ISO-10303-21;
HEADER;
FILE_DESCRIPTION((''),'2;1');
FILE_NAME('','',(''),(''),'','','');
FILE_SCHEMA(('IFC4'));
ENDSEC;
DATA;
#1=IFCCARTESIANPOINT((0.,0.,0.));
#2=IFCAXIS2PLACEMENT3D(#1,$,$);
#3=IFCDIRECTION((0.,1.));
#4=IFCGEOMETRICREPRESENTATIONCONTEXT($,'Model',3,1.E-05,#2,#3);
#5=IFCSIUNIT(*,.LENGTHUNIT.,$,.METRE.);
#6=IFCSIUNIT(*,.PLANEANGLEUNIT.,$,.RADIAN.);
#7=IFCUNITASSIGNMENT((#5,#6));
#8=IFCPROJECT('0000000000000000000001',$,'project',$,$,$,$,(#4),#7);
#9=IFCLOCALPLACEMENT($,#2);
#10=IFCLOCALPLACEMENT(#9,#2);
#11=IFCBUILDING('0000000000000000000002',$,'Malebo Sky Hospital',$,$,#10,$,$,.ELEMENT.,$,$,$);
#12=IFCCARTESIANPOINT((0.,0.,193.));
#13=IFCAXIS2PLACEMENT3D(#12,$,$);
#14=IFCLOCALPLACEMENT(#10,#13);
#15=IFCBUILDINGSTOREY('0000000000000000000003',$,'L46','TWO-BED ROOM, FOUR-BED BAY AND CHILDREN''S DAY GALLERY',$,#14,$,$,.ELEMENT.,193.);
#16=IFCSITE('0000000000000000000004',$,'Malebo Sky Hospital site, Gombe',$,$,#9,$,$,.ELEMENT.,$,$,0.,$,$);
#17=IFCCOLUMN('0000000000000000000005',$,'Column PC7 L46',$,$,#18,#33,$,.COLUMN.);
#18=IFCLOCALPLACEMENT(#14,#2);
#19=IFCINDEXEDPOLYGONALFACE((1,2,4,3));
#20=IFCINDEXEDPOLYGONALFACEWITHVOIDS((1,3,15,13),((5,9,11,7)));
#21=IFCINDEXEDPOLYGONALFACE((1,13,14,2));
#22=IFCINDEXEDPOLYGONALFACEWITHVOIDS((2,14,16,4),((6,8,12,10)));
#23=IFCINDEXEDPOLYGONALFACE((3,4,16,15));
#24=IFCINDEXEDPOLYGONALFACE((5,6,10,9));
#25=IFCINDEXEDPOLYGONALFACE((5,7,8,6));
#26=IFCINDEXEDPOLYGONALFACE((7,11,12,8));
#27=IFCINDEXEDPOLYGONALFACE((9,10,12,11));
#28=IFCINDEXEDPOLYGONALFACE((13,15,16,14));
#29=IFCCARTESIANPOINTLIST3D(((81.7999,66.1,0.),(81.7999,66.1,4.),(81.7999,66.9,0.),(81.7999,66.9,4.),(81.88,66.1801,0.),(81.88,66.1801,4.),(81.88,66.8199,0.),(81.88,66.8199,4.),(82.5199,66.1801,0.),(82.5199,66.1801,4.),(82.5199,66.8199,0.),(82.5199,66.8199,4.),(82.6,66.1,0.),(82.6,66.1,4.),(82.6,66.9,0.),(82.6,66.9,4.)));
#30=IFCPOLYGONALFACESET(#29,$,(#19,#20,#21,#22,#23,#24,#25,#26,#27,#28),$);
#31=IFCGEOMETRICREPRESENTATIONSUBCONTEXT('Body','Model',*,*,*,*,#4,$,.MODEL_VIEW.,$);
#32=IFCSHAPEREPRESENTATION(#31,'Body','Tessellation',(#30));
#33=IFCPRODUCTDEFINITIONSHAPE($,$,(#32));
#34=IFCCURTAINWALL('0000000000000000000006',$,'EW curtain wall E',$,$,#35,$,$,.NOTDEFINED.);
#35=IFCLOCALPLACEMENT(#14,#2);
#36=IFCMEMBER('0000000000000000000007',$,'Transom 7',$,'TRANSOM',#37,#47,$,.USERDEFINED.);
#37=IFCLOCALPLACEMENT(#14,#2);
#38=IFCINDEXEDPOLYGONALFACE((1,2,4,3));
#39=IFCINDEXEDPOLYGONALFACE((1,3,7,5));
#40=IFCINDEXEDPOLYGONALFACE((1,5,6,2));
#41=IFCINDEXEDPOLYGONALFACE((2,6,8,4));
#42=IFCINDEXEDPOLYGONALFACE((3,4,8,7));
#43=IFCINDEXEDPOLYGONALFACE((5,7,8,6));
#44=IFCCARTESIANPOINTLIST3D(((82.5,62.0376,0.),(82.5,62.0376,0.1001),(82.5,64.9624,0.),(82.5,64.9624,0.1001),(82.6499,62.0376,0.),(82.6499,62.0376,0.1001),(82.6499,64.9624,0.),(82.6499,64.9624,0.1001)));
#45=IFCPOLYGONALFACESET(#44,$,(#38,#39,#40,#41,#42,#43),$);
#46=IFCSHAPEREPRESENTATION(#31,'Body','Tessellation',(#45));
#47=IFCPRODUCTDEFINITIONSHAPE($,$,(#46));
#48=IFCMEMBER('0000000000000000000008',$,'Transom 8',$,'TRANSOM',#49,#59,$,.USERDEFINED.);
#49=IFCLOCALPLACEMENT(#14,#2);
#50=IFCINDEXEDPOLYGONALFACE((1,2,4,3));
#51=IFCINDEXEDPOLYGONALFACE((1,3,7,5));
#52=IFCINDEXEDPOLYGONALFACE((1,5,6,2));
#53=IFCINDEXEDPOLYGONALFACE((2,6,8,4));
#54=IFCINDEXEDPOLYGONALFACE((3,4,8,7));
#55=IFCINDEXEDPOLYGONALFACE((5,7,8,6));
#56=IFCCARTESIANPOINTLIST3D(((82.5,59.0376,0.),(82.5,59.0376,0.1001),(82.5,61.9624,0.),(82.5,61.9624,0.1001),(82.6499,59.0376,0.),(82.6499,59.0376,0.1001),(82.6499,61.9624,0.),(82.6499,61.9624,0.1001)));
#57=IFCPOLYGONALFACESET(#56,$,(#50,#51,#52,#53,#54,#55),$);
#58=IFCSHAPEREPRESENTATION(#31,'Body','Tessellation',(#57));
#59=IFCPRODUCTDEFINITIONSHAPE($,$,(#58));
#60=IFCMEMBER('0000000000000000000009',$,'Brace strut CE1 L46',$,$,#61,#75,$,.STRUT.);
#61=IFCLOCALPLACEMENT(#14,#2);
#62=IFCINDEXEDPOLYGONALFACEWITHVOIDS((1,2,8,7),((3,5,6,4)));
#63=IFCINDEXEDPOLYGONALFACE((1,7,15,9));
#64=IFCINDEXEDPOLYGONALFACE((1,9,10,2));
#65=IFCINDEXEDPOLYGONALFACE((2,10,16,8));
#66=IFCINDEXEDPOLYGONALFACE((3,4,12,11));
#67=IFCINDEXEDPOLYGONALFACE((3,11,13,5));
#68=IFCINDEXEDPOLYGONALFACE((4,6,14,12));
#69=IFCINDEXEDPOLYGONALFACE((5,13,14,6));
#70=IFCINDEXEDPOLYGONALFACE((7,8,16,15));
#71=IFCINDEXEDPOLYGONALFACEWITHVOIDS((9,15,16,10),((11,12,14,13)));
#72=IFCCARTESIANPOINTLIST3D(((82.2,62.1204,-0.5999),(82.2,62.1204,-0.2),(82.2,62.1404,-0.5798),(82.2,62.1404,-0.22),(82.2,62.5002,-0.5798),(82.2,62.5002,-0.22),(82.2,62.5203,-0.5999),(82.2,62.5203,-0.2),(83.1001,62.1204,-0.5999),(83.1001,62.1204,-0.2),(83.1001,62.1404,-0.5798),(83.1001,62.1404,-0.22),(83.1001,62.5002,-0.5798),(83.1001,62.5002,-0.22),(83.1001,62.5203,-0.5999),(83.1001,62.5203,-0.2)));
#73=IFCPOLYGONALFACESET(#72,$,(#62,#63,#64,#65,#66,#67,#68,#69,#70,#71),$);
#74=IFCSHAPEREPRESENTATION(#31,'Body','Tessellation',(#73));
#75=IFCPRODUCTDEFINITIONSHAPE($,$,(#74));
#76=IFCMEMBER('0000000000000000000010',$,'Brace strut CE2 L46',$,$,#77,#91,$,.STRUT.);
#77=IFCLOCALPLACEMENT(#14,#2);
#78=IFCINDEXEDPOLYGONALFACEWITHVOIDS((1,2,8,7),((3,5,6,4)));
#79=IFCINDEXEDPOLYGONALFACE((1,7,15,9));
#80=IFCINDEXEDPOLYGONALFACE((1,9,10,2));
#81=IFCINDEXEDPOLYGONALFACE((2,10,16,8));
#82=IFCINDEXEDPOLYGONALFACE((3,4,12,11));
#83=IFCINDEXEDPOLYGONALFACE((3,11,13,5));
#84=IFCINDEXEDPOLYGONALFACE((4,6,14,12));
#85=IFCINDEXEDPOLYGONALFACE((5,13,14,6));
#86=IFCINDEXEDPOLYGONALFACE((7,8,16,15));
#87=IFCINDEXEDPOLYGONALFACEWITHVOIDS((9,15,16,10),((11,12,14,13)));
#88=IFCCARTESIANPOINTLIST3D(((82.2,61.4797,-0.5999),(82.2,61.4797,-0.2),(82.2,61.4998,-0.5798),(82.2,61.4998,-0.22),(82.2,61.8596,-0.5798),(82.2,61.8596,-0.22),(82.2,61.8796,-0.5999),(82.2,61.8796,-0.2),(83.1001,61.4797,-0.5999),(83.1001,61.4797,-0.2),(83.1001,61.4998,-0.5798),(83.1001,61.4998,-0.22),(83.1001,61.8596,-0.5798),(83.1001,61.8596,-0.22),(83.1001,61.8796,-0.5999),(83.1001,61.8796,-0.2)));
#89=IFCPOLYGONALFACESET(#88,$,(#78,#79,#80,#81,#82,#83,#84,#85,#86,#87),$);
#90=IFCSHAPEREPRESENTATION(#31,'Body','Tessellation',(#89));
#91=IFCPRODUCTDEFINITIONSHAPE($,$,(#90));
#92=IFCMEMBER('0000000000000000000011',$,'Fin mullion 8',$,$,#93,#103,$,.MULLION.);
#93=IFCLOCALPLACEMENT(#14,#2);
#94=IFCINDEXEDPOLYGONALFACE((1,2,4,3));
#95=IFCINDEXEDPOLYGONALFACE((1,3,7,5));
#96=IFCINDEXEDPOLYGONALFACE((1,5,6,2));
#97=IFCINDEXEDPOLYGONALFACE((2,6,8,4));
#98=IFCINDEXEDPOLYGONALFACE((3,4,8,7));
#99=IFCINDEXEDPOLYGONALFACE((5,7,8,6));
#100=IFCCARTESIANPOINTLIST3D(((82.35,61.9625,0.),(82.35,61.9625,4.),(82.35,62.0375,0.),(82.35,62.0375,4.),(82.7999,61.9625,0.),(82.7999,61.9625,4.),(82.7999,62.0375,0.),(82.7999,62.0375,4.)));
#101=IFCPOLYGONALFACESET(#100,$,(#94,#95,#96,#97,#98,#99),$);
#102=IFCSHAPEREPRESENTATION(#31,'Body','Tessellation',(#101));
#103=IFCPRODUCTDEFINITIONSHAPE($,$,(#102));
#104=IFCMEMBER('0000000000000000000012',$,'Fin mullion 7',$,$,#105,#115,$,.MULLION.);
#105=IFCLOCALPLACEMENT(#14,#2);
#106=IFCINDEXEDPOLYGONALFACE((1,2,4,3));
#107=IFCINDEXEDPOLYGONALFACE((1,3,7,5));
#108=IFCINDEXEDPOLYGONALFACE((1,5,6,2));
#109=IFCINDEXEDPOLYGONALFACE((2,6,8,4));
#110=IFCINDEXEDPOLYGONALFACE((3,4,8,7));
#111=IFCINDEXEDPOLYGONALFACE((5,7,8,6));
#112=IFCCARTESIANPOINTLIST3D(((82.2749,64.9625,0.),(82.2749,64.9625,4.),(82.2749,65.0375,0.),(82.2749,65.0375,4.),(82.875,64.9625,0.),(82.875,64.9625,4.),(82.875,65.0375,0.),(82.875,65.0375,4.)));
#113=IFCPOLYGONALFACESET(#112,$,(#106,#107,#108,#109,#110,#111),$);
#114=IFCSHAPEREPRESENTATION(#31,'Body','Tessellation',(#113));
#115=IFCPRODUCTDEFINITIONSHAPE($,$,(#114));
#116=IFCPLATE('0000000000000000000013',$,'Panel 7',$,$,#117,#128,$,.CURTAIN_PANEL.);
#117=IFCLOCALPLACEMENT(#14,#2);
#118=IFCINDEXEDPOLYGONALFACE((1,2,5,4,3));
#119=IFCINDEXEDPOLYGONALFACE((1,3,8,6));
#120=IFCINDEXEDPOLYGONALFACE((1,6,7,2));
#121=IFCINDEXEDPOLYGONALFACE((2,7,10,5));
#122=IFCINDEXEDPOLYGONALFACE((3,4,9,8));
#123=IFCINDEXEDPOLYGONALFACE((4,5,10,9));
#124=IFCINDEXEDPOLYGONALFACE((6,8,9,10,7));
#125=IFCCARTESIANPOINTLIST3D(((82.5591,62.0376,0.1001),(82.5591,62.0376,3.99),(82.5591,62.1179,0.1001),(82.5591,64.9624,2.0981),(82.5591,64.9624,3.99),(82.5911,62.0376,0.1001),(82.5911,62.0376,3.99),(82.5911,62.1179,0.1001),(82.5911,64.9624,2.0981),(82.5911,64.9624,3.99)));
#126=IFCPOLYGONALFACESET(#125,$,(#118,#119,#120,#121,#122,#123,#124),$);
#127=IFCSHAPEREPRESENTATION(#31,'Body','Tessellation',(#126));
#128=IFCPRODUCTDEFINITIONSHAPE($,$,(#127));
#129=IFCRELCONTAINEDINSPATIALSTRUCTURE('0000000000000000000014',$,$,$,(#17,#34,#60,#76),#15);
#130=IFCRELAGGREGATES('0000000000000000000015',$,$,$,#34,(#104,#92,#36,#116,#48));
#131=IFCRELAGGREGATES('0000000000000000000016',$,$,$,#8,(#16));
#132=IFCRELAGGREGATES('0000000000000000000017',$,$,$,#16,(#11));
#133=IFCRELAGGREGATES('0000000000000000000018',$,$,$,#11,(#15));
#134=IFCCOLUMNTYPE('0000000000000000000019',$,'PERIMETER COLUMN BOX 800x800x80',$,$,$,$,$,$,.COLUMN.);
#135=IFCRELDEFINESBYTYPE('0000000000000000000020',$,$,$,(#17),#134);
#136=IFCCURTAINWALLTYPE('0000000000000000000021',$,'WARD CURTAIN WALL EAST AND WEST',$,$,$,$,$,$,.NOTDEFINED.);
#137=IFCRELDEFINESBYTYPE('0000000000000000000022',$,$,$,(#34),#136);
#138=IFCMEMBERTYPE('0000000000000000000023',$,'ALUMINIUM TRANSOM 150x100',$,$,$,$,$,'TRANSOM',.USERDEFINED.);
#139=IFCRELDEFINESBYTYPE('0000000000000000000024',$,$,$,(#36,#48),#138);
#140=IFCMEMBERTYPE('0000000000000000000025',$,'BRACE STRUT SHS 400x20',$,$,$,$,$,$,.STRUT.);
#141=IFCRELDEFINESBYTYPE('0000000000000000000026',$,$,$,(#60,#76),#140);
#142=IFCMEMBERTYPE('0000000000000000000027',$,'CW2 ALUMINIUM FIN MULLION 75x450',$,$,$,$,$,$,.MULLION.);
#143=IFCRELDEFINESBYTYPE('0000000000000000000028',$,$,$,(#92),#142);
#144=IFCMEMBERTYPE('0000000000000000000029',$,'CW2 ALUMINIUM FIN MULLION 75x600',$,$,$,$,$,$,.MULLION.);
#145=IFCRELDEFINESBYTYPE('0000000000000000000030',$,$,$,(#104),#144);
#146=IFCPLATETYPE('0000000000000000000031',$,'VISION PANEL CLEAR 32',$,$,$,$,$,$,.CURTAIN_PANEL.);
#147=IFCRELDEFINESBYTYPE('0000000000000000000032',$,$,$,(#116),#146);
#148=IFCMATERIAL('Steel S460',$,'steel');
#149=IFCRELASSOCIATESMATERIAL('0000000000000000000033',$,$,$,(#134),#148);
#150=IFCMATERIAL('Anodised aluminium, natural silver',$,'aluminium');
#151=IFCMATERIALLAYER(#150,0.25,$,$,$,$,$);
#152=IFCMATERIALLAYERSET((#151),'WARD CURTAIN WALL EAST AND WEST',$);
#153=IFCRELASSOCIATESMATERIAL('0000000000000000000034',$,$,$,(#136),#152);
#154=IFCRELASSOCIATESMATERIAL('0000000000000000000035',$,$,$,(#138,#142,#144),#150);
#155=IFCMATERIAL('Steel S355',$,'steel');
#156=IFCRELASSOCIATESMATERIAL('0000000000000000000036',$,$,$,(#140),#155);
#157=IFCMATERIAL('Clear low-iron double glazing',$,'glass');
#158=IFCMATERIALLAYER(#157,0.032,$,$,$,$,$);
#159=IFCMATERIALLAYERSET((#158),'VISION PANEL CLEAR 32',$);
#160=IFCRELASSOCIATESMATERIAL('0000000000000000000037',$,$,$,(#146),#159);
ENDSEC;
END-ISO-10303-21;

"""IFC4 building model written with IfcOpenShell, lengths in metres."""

from ifc_helpers import new_model, si_unit, direction, frame, origin, origin_2d, place, context, subcontext, project, spatial, polyline, rectangle, hollow_rectangle, outline, extrude, material, layer, layer_set, material_profile, profile_set, type_object, element, aggregate, save


model = new_model("IFC4")

# Units and contexts
model_context = context("Model", 3, precision=1e-05, world=origin(), true_north=direction((0.0, 1.0)))
body_context = subcontext(model_context, "Body", "Model", "MODEL_VIEW")
ifc_project = project(units=[si_unit("LENGTHUNIT", "METRE"), si_unit("PLANEANGLEUNIT", "RADIAN")], contexts=[model_context])

# Site, building, storey
site_placement = place(None, origin())
site = spatial("IfcSite", under=ifc_project, at=site_placement, Name="Malebo Sky Hospital site, Gombe", CompositionType="ELEMENT", RefElevation=0.0)
building_placement = place(site_placement, origin())
building = spatial("IfcBuilding", under=site, at=building_placement, Name="Malebo Sky Hospital", CompositionType="ELEMENT")
storey_placement = place(building_placement, frame((0.0, 0.0, 193.0)))
storey = spatial("IfcBuildingStorey", under=building, at=storey_placement, Name="L46", Description="TWO-BED ROOM, FOUR-BED BAY AND CHILDREN'S DAY GALLERY", CompositionType="ELEMENT", Elevation=193.0)

# Column
ifc_material_1 = material(Name="Steel S460", Category="steel")
ifc_material_profile_1 = material_profile(ifc_material_1, hollow_rectangle(XDim=0.8, YDim=0.8, WallThickness=0.0801, at=origin_2d()), Name="BOX 800x800x80")
ifc_profile_set_1 = profile_set([ifc_material_profile_1], Name="Steel S460")
column_type = type_object("IfcColumnType", Name="PERIMETER COLUMN BOX 800x800x80", PredefinedType="COLUMN", material=ifc_profile_set_1)
column_placement = place(storey_placement, frame((82.2, 66.5, 0.0), z_axis=(0.0, 0.0, 1.0), x_axis=(1.0, 0.0, 0.0)))
element("IfcColumn", 1, at=column_placement, inside=storey, type_object=column_type, Name="Column PC7 L46", PredefinedType="COLUMN", context=body_context, shape_type="SweptSolid", body=[
    extrude(hollow_rectangle(XDim=0.8, YDim=0.8, WallThickness=0.0801, at=origin_2d()), origin(), (0.0, 0.0, 1.0), 4.0),
])

# Curtain wall, members
ifc_material_2 = material(Name="Anodised aluminium, natural silver", Category="aluminium")
ifc_layer_1 = layer(ifc_material_2, 0.25)
ifc_layer_set_1 = layer_set([ifc_layer_1], Name="WARD CURTAIN WALL EAST AND WEST")
curtain_wall_type = type_object("IfcCurtainWallType", Name="WARD CURTAIN WALL EAST AND WEST", PredefinedType="NOTDEFINED", material=ifc_layer_set_1)
curtain_wall_placement = place(storey_placement, origin())
curtain_wall = element("IfcCurtainWall", 2, at=curtain_wall_placement, inside=storey, type_object=curtain_wall_type, Name="EW curtain wall E", PredefinedType="NOTDEFINED")
ifc_material_profile_2 = material_profile(ifc_material_2, rectangle(XDim=0.1499, YDim=0.1001, at=origin_2d()), Name="ALUMINIUM TRANSOM 150x100")
ifc_profile_set_2 = profile_set([ifc_material_profile_2], Name="Anodised aluminium, natural silver")
member_type_1 = type_object("IfcMemberType", Name="ALUMINIUM TRANSOM 150x100", ElementType="TRANSOM", PredefinedType="USERDEFINED", material=ifc_profile_set_2)
member_1_placement = place(storey_placement, frame((82.575, 64.9624, 0.05), z_axis=(0.0, -1.0, 0.0), x_axis=(1.0, 0.0, 0.0)))
member_1 = element("IfcMember", 3, at=member_1_placement, type_object=member_type_1, Name="Transom 7", ObjectType="TRANSOM", PredefinedType="USERDEFINED", context=body_context, shape_type="SweptSolid", body=[
    extrude(rectangle(XDim=0.1499, YDim=0.1001, at=origin_2d()), origin(), (0.0, 0.0, 1.0), 2.9248),
])
member_2_placement = place(storey_placement, frame((82.575, 61.9624, 0.05), z_axis=(0.0, -1.0, 0.0), x_axis=(1.0, 0.0, 0.0)))
member_2 = element("IfcMember", 4, at=member_2_placement, type_object=member_type_1, Name="Transom 8", ObjectType="TRANSOM", PredefinedType="USERDEFINED", context=body_context, shape_type="SweptSolid", body=[
    extrude(rectangle(XDim=0.1499, YDim=0.1001, at=origin_2d()), origin(), (0.0, 0.0, 1.0), 2.9248),
])

# Members
ifc_material_3 = material(Name="Steel S355", Category="steel")
ifc_material_profile_3 = material_profile(ifc_material_3, hollow_rectangle(XDim=0.3999, YDim=0.3999, WallThickness=0.02, at=origin_2d()), Name="SHS 400x20")
ifc_profile_set_3 = profile_set([ifc_material_profile_3], Name="Steel S355")
member_type_2 = type_object("IfcMemberType", Name="BRACE STRUT SHS 400x20", PredefinedType="STRUT", material=ifc_profile_set_3)
for number, where, z_axis, x_axis, name in (
    (5, (83.1001, 62.3203, -0.3999), (-1.0, 0.0, 0.0), (0.0, -1.0, 0.0), "Brace strut CE1 L46"),
    (6, (83.1001, 61.6797, -0.3999), (-1.0, 0.0, 0.0), (0.0, -1.0, 0.0), "Brace strut CE2 L46"),
):
    element("IfcMember", number, at=place(storey_placement, frame(where, z_axis=z_axis, x_axis=x_axis)), inside=storey, type_object=member_type_2, Name=name, PredefinedType="STRUT", context=body_context, shape_type="SweptSolid", body=[
        extrude(hollow_rectangle(XDim=0.3999, YDim=0.3999, WallThickness=0.02, at=origin_2d()), origin(), (0.0, 0.0, 1.0), 0.9001),
    ])

# Members
ifc_material_profile_4 = material_profile(ifc_material_2, rectangle(XDim=0.075, YDim=0.45, at=origin_2d()), Name="CW2 ALUMINIUM FIN MULLION 75x450")
ifc_profile_set_4 = profile_set([ifc_material_profile_4], Name="Anodised aluminium, natural silver")
member_type_3 = type_object("IfcMemberType", Name="CW2 ALUMINIUM FIN MULLION 75x450", PredefinedType="MULLION", material=ifc_profile_set_4)
member_3_placement = place(storey_placement, frame((82.575, 62.0, 0.0), z_axis=(0.0, 0.0, 1.0), x_axis=(0.0, -1.0, 0.0)))
member_3 = element("IfcMember", 7, at=member_3_placement, type_object=member_type_3, Name="Fin mullion 8", PredefinedType="MULLION", context=body_context, shape_type="SweptSolid", body=[
    extrude(rectangle(XDim=0.075, YDim=0.45, at=origin_2d()), origin(), (0.0, 0.0, 1.0), 4.0),
])
ifc_material_profile_5 = material_profile(ifc_material_2, rectangle(XDim=0.075, YDim=0.6001, at=origin_2d()), Name="CW2 ALUMINIUM FIN MULLION 75x600")
ifc_profile_set_5 = profile_set([ifc_material_profile_5], Name="Anodised aluminium, natural silver")
member_type_4 = type_object("IfcMemberType", Name="CW2 ALUMINIUM FIN MULLION 75x600", PredefinedType="MULLION", material=ifc_profile_set_5)
member_4_placement = place(storey_placement, frame((82.575, 65.0, 0.0), z_axis=(0.0, 0.0, 1.0), x_axis=(0.0, -1.0, 0.0)))
member_4 = element("IfcMember", 8, at=member_4_placement, type_object=member_type_4, Name="Fin mullion 7", PredefinedType="MULLION", context=body_context, shape_type="SweptSolid", body=[
    extrude(rectangle(XDim=0.075, YDim=0.6001, at=origin_2d()), origin(), (0.0, 0.0, 1.0), 4.0),
])

# Plate
ifc_material_4 = material(Name="Clear low-iron double glazing", Category="glass")
ifc_layer_2 = layer(ifc_material_4, 0.032)
ifc_layer_set_2 = layer_set([ifc_layer_2], Name="VISION PANEL CLEAR 32")
plate_type = type_object("IfcPlateType", Name="VISION PANEL CLEAR 32", PredefinedType="CURTAIN_PANEL", material=ifc_layer_set_2)
plate_placement = place(storey_placement, frame((82.575, 63.5, 0.1001), z_axis=(0.0, 0.0, 1.0), x_axis=(0.0, -1.0, 0.0)))
plate = element("IfcPlate", 9, at=plate_placement, type_object=plate_type, Name="Panel 7", PredefinedType="CURTAIN_PANEL", context=body_context, shape_type="SweptSolid", body=[
    extrude(outline(polyline([(1.3821, 0.0), (1.4624, 0.0), (1.4624, 3.8899), (-1.4624, 3.8899), (-1.4624, 1.998), (1.3821, 0.0)])), frame((0.0, 0.0161, 0.0), z_axis=(0.0, -1.0, 0.0), x_axis=(1.0, 0.0, 0.0)), (0.0, 0.0, 1.0), 0.032),
])
aggregate(curtain_wall, [member_4, member_3, member_1, plate, member_2])

save(model, "model.ifc")
